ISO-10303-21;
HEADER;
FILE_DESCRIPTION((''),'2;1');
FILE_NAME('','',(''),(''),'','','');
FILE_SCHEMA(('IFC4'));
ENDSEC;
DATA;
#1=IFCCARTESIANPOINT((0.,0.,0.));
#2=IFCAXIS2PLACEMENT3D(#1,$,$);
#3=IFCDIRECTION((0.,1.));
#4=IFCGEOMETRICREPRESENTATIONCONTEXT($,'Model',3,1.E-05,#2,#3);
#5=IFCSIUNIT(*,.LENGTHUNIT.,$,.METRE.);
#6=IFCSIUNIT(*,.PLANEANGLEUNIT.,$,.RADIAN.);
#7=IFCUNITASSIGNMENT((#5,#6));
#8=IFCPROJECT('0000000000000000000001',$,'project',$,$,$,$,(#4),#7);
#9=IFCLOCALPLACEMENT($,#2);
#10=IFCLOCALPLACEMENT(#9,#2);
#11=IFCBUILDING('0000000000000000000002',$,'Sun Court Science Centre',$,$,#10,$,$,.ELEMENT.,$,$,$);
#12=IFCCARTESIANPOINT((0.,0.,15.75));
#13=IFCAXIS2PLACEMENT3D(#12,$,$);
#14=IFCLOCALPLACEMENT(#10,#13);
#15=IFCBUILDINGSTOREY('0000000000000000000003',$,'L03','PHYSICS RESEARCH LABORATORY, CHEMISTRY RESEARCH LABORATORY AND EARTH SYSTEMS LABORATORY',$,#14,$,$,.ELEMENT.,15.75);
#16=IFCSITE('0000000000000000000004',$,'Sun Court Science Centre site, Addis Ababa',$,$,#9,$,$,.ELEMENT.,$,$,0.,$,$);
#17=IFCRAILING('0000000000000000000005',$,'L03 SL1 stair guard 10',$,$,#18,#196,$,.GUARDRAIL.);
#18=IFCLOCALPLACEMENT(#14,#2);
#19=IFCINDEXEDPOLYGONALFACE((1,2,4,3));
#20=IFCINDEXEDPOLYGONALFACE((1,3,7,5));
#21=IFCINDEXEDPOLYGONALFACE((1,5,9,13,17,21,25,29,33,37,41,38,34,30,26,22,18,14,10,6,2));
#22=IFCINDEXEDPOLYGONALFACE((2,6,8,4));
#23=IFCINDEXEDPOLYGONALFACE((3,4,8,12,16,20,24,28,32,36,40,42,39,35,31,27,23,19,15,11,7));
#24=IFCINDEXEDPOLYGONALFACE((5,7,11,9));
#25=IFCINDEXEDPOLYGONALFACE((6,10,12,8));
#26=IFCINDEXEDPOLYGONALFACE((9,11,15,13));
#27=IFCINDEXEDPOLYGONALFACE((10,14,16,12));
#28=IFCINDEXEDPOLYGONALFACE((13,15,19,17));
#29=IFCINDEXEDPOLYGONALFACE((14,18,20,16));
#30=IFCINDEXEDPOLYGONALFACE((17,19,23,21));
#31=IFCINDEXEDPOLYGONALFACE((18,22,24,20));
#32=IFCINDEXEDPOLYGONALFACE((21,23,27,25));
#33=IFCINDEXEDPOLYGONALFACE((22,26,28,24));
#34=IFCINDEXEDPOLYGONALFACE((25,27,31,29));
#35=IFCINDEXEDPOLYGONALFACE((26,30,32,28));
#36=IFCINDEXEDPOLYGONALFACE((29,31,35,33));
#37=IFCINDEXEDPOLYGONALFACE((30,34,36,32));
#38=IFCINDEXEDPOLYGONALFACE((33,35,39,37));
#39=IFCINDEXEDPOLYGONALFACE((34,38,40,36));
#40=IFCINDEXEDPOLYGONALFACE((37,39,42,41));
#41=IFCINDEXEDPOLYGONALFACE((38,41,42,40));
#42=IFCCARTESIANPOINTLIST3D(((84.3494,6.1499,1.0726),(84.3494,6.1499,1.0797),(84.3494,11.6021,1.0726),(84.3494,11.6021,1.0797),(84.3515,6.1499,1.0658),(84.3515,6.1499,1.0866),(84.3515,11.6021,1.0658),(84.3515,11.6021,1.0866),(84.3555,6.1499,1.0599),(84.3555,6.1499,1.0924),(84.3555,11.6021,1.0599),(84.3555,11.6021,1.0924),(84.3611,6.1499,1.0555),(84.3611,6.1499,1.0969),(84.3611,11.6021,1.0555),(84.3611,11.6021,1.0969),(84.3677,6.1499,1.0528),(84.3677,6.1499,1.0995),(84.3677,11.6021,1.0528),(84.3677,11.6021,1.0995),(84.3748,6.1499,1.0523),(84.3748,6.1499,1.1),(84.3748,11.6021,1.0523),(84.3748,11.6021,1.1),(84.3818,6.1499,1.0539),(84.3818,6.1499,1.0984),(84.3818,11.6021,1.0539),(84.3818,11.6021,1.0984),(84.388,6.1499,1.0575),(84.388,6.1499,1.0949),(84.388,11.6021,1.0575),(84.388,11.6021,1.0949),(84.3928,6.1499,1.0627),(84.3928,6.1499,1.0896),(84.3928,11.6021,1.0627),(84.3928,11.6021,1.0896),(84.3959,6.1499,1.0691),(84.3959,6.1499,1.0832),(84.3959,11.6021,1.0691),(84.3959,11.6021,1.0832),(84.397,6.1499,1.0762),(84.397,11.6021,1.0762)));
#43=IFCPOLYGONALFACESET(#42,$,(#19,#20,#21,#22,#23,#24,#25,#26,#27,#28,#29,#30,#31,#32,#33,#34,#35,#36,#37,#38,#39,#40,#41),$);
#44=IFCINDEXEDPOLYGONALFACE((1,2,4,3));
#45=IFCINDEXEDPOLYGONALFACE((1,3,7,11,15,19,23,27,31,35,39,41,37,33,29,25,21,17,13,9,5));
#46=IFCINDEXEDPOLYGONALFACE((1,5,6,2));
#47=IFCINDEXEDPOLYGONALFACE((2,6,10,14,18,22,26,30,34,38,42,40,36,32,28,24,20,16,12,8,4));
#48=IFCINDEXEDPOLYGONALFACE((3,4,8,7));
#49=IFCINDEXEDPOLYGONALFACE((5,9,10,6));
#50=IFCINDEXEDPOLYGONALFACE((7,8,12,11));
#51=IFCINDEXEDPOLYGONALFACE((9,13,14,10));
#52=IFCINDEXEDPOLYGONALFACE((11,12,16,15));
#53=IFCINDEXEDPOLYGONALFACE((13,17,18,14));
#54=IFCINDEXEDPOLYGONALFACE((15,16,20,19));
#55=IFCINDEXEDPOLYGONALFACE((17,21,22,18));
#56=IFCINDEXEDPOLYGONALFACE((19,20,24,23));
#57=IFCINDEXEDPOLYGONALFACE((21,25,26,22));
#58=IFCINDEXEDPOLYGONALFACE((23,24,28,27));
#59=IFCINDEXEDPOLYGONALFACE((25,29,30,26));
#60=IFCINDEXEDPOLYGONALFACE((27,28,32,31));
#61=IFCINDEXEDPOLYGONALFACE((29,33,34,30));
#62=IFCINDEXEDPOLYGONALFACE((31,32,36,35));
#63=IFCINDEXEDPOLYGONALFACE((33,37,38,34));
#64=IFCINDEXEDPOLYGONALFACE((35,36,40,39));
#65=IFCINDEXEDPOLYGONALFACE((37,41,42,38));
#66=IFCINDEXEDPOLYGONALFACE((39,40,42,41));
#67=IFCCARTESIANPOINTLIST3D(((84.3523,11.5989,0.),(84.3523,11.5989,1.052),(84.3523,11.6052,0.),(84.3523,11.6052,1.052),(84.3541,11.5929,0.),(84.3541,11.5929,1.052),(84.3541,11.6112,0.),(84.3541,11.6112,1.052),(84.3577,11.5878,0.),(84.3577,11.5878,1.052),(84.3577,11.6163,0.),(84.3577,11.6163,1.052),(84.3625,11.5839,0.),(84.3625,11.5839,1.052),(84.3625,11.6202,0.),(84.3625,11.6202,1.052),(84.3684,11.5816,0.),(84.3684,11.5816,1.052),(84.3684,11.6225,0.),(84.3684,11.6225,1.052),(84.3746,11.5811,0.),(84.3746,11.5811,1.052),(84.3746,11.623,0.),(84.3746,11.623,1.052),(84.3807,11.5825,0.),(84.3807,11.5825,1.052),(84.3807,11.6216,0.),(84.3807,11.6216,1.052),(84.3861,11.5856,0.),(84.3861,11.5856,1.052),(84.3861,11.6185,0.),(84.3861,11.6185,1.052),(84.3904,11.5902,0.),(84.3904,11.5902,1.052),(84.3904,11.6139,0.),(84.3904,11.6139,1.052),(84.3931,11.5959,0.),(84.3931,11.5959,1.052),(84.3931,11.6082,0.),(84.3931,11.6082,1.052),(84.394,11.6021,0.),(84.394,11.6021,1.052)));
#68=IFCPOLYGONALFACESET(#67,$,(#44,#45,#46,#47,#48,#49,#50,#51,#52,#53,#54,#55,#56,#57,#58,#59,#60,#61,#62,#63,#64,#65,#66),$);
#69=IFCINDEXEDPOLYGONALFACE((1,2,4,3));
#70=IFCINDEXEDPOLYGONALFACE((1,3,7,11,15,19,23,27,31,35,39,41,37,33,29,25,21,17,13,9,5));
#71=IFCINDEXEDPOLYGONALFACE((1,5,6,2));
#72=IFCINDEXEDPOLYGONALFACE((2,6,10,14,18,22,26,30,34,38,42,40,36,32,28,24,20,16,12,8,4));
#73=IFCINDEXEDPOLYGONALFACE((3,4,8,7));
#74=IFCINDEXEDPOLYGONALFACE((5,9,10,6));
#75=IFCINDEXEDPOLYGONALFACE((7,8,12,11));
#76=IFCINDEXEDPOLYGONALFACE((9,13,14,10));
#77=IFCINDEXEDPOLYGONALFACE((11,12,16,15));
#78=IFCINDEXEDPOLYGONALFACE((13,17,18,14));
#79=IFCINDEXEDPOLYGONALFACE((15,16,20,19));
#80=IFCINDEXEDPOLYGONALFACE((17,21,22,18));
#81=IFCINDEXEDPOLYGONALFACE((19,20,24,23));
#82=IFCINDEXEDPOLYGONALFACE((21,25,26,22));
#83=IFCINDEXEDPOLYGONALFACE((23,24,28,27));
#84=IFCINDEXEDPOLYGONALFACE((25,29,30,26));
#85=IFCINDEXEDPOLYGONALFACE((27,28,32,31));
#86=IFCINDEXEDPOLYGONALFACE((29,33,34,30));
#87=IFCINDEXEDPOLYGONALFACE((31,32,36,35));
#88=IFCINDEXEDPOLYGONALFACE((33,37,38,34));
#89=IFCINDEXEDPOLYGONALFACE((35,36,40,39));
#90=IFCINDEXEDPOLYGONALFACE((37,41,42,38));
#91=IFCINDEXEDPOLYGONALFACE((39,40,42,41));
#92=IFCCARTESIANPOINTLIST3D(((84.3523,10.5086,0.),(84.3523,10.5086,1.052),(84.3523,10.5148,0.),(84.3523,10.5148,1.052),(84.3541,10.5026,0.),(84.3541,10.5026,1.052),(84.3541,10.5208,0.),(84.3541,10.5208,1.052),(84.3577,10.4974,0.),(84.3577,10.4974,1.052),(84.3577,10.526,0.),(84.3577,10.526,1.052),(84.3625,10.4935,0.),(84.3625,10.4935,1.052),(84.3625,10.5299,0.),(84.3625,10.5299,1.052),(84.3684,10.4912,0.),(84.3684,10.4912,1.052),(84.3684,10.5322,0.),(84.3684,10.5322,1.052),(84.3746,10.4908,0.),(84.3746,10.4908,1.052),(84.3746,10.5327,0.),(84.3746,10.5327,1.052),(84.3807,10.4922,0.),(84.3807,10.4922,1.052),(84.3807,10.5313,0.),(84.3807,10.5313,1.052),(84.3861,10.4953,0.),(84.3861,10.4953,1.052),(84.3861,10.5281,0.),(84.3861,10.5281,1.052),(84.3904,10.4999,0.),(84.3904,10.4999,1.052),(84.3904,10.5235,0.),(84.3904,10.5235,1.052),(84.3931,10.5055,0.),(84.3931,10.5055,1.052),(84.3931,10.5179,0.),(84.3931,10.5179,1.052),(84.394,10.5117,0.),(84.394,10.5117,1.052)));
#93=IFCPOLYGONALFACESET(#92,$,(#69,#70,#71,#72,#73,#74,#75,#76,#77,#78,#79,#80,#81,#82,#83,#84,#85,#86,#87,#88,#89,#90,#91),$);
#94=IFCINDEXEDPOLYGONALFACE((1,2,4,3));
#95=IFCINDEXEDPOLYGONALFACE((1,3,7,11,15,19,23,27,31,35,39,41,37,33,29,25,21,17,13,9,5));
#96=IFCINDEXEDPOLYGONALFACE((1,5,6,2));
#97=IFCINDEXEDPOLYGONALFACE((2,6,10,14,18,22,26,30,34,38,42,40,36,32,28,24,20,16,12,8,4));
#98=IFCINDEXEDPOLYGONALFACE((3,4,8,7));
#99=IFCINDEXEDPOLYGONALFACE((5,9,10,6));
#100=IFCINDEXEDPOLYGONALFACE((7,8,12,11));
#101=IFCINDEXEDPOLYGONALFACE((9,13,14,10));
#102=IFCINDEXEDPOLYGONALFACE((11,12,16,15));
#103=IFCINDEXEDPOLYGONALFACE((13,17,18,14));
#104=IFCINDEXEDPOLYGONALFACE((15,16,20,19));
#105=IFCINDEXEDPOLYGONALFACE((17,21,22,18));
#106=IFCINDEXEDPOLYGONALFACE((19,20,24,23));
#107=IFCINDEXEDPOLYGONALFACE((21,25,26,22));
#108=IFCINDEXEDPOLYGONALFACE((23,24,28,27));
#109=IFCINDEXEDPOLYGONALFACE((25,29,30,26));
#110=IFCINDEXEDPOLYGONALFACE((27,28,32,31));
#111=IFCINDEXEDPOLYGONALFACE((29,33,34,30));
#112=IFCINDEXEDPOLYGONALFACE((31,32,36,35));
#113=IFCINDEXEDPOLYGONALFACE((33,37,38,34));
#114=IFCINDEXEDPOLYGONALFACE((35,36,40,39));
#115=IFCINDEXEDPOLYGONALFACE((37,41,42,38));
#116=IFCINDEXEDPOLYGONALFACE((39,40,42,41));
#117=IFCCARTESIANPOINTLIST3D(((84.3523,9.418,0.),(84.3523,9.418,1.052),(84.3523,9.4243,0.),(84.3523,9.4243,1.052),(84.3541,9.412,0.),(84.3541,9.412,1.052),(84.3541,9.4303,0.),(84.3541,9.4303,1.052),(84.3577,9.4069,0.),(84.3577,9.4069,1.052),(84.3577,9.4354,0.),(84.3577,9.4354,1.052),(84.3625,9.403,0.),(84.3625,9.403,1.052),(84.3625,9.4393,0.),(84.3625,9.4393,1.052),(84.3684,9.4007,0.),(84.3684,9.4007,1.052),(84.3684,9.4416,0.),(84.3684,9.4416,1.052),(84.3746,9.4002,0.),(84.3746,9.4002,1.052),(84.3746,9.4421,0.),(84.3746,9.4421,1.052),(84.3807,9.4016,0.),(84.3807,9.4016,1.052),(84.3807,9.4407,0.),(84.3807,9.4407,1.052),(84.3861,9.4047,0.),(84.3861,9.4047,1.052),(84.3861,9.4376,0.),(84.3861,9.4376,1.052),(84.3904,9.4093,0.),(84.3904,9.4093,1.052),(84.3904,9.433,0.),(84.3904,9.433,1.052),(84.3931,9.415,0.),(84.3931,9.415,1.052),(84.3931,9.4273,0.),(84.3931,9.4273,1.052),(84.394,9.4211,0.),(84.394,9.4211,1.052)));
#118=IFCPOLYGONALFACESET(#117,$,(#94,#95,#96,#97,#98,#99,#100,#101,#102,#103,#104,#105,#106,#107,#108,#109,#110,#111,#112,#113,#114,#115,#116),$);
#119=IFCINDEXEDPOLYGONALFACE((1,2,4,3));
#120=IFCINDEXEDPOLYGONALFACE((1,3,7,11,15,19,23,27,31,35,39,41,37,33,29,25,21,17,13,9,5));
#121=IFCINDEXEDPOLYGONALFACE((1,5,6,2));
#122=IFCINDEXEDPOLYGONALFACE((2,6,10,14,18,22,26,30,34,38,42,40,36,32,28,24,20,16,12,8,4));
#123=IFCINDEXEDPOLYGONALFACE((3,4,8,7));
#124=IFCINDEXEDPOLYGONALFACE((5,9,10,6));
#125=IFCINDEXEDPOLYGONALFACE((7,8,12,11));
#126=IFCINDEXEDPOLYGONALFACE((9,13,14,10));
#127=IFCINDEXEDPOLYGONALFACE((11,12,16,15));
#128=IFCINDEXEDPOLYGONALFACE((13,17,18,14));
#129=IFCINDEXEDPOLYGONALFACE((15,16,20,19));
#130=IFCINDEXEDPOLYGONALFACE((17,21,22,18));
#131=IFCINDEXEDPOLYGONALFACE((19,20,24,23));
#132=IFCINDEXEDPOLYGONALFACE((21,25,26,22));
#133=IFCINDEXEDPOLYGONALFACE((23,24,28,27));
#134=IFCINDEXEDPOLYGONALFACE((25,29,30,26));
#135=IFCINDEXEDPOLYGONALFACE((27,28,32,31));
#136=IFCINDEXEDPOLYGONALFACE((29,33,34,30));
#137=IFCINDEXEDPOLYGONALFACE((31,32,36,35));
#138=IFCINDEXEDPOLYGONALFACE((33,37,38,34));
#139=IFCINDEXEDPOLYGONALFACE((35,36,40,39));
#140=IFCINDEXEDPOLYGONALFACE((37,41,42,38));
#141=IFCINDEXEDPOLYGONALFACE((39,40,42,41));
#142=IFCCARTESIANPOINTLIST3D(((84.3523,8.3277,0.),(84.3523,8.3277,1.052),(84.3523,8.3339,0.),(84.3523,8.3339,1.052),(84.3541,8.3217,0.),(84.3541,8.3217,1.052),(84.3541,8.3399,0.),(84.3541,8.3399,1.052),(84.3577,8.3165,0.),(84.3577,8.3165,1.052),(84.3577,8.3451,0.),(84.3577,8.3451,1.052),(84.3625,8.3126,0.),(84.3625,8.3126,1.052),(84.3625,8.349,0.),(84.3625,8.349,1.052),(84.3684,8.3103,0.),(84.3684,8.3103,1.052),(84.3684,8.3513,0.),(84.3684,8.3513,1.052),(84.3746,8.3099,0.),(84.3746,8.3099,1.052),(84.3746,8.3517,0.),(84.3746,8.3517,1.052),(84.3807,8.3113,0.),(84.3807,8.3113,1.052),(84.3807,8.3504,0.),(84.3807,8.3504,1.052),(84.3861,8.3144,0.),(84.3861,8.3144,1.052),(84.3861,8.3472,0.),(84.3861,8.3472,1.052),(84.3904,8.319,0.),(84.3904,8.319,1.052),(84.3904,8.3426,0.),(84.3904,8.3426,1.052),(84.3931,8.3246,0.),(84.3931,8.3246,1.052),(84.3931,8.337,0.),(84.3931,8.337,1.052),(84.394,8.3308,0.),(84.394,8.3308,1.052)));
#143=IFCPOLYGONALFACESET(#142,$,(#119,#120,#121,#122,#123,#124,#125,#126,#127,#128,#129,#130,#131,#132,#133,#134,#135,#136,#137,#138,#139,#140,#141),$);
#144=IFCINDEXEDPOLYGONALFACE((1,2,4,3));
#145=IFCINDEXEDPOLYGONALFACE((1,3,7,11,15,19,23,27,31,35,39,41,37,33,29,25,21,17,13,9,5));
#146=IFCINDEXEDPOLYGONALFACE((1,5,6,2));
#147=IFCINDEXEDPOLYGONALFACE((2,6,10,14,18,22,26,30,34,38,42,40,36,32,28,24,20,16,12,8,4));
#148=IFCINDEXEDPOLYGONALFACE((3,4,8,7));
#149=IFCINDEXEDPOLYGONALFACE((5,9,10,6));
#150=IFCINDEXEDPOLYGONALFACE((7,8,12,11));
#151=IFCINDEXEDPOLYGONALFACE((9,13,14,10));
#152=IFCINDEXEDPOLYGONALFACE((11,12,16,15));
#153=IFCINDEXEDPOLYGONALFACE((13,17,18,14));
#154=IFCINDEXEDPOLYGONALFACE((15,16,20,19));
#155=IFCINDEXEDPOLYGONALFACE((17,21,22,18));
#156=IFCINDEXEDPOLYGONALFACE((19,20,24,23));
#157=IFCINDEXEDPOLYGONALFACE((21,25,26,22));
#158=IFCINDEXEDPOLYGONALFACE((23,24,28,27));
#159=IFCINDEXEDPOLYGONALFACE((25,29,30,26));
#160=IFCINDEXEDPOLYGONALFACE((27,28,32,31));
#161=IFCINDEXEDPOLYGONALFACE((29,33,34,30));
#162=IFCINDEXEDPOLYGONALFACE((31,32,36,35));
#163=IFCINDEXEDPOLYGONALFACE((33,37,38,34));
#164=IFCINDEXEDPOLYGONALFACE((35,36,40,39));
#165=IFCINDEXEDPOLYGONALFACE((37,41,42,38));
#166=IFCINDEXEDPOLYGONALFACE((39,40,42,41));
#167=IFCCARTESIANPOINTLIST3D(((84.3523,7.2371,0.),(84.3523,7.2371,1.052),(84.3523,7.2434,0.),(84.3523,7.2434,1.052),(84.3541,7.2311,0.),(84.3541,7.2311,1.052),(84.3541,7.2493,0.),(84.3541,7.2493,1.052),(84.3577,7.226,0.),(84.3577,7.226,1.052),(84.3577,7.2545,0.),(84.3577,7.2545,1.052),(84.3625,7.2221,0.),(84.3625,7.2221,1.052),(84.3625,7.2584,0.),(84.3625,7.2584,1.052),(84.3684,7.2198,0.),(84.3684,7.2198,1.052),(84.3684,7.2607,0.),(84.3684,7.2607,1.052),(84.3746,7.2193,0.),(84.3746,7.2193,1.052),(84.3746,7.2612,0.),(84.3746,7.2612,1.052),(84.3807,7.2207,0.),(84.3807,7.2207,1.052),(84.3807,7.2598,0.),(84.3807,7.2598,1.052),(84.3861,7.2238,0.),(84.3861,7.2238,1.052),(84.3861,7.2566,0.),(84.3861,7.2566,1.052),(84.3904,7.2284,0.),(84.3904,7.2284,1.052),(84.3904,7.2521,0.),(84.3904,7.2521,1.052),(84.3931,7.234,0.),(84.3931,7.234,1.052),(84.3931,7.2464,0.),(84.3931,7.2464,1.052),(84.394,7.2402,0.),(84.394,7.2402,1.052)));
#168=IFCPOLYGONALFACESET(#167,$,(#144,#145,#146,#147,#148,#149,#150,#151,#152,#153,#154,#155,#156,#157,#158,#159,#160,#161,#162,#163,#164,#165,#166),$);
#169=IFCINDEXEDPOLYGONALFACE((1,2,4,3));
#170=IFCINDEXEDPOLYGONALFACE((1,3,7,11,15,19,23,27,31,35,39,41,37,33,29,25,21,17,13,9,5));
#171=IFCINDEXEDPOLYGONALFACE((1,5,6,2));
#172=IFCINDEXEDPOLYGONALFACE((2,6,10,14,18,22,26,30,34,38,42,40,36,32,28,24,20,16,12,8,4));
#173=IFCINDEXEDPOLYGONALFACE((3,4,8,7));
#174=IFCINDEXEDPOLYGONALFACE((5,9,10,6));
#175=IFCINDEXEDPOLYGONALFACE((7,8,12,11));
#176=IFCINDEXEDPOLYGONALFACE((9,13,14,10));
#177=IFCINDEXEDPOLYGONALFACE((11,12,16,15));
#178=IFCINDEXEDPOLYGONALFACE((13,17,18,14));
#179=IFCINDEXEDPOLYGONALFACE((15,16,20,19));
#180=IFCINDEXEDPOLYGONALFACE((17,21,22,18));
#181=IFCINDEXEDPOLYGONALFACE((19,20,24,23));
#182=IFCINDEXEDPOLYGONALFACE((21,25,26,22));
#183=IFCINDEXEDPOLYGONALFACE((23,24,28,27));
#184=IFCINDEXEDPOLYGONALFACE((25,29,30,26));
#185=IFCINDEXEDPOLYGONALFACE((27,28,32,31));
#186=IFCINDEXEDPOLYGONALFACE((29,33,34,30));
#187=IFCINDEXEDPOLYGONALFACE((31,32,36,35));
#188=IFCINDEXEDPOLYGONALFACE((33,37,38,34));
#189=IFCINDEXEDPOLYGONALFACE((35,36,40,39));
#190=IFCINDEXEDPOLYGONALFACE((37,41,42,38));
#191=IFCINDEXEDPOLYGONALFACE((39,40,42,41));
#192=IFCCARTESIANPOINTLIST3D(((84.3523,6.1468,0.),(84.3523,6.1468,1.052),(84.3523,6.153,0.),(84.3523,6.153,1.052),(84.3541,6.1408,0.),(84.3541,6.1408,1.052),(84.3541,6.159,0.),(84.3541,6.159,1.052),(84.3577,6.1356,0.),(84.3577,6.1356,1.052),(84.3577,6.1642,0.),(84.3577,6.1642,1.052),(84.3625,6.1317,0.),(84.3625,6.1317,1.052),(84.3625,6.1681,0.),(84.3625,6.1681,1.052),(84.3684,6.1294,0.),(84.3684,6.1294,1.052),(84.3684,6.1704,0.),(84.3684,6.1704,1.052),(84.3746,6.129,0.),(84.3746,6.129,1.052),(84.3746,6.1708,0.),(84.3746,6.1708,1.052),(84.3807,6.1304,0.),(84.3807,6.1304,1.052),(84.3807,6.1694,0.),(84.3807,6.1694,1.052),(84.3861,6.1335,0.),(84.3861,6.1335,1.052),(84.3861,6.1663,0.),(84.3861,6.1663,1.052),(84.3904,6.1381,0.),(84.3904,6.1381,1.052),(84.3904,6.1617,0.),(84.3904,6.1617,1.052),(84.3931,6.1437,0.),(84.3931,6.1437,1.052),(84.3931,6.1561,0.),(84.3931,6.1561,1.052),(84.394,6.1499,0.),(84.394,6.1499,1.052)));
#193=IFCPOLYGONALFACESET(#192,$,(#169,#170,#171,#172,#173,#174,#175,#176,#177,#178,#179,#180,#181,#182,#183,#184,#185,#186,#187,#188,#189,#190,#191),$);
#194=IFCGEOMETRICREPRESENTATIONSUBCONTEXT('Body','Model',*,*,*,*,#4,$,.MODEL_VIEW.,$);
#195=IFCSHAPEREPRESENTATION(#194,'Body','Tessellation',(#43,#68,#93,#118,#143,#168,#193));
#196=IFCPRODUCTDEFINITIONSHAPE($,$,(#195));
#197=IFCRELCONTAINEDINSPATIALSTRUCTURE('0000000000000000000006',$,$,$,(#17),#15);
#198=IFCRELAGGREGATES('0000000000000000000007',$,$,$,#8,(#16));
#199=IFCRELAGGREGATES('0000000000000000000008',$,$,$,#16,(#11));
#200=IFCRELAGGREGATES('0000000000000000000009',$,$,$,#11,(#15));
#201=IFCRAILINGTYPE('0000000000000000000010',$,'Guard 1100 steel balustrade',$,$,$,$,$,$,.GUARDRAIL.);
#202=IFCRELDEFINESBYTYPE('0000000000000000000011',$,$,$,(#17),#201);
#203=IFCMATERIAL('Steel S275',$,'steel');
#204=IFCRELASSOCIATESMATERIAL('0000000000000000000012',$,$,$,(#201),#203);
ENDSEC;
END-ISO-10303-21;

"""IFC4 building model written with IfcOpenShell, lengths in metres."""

from ifc_helpers import new_model, si_unit, direction, frame, origin, origin_2d, place, context, subcontext, project, spatial, circle, extrude, material, type_object, element, save


model = new_model("IFC4")

# Units and contexts
model_context = context("Model", 3, precision=1e-05, world=origin(), true_north=direction((0.0, 1.0)))
body_context = subcontext(model_context, "Body", "Model", "MODEL_VIEW")
ifc_project = project(units=[si_unit("LENGTHUNIT", "METRE"), si_unit("PLANEANGLEUNIT", "RADIAN")], contexts=[model_context])

# Site, building, storey
site_placement = place(None, origin())
site = spatial("IfcSite", under=ifc_project, at=site_placement, Name="Sun Court Science Centre site, Addis Ababa", CompositionType="ELEMENT", RefElevation=0.0)
building_placement = place(site_placement, origin())
building = spatial("IfcBuilding", under=site, at=building_placement, Name="Sun Court Science Centre", CompositionType="ELEMENT")
storey_placement = place(building_placement, frame((0.0, 0.0, 15.75)))
storey = spatial("IfcBuildingStorey", under=building, at=storey_placement, Name="L03", Description="PHYSICS RESEARCH LABORATORY, CHEMISTRY RESEARCH LABORATORY AND EARTH SYSTEMS LABORATORY", CompositionType="ELEMENT", Elevation=15.75)

# Railing
ifc_material_1 = material(Name="Steel S275", Category="steel")
railing_type_1 = type_object("IfcRailingType", Name="Guard 1100 steel balustrade", PredefinedType="GUARDRAIL", material=ifc_material_1)
for number, where, name in (
    (1, (84.373, 11.6021, 0.0), "L03 SL1 stair guard 10"),
):
    element("IfcRailing", number, at=place(storey_placement, frame(where)), inside=storey, type_object=railing_type_1, Name=name, PredefinedType="GUARDRAIL", context=body_context, shape_type="SweptSolid", body=[
        extrude(circle(Radius=0.0239, at=origin_2d()), frame((0.0, 0.0, 1.0762), z_axis=(0.0, -1.0, 0.0), x_axis=(1.0, 0.0, 0.0)), (0.0, 0.0, 1.0), 5.4521),
        extrude(circle(Radius=0.021, at=origin_2d()), origin(), (0.0, 0.0, 1.0), 1.052),
        extrude(circle(Radius=0.021, at=origin_2d()), frame((0.0, -1.0903, 0.0)), (0.0, 0.0, 1.0), 1.052),
        extrude(circle(Radius=0.021, at=origin_2d()), frame((0.0, -2.1809, 0.0)), (0.0, 0.0, 1.0), 1.052),
        extrude(circle(Radius=0.021, at=origin_2d()), frame((0.0, -3.2712, 0.0)), (0.0, 0.0, 1.0), 1.052),
        extrude(circle(Radius=0.021, at=origin_2d()), frame((0.0, -4.3618, 0.0)), (0.0, 0.0, 1.0), 1.052),
        extrude(circle(Radius=0.021, at=origin_2d()), frame((0.0, -5.4521, 0.0)), (0.0, 0.0, 1.0), 1.052),
    ])

save(model, "model.ifc")
